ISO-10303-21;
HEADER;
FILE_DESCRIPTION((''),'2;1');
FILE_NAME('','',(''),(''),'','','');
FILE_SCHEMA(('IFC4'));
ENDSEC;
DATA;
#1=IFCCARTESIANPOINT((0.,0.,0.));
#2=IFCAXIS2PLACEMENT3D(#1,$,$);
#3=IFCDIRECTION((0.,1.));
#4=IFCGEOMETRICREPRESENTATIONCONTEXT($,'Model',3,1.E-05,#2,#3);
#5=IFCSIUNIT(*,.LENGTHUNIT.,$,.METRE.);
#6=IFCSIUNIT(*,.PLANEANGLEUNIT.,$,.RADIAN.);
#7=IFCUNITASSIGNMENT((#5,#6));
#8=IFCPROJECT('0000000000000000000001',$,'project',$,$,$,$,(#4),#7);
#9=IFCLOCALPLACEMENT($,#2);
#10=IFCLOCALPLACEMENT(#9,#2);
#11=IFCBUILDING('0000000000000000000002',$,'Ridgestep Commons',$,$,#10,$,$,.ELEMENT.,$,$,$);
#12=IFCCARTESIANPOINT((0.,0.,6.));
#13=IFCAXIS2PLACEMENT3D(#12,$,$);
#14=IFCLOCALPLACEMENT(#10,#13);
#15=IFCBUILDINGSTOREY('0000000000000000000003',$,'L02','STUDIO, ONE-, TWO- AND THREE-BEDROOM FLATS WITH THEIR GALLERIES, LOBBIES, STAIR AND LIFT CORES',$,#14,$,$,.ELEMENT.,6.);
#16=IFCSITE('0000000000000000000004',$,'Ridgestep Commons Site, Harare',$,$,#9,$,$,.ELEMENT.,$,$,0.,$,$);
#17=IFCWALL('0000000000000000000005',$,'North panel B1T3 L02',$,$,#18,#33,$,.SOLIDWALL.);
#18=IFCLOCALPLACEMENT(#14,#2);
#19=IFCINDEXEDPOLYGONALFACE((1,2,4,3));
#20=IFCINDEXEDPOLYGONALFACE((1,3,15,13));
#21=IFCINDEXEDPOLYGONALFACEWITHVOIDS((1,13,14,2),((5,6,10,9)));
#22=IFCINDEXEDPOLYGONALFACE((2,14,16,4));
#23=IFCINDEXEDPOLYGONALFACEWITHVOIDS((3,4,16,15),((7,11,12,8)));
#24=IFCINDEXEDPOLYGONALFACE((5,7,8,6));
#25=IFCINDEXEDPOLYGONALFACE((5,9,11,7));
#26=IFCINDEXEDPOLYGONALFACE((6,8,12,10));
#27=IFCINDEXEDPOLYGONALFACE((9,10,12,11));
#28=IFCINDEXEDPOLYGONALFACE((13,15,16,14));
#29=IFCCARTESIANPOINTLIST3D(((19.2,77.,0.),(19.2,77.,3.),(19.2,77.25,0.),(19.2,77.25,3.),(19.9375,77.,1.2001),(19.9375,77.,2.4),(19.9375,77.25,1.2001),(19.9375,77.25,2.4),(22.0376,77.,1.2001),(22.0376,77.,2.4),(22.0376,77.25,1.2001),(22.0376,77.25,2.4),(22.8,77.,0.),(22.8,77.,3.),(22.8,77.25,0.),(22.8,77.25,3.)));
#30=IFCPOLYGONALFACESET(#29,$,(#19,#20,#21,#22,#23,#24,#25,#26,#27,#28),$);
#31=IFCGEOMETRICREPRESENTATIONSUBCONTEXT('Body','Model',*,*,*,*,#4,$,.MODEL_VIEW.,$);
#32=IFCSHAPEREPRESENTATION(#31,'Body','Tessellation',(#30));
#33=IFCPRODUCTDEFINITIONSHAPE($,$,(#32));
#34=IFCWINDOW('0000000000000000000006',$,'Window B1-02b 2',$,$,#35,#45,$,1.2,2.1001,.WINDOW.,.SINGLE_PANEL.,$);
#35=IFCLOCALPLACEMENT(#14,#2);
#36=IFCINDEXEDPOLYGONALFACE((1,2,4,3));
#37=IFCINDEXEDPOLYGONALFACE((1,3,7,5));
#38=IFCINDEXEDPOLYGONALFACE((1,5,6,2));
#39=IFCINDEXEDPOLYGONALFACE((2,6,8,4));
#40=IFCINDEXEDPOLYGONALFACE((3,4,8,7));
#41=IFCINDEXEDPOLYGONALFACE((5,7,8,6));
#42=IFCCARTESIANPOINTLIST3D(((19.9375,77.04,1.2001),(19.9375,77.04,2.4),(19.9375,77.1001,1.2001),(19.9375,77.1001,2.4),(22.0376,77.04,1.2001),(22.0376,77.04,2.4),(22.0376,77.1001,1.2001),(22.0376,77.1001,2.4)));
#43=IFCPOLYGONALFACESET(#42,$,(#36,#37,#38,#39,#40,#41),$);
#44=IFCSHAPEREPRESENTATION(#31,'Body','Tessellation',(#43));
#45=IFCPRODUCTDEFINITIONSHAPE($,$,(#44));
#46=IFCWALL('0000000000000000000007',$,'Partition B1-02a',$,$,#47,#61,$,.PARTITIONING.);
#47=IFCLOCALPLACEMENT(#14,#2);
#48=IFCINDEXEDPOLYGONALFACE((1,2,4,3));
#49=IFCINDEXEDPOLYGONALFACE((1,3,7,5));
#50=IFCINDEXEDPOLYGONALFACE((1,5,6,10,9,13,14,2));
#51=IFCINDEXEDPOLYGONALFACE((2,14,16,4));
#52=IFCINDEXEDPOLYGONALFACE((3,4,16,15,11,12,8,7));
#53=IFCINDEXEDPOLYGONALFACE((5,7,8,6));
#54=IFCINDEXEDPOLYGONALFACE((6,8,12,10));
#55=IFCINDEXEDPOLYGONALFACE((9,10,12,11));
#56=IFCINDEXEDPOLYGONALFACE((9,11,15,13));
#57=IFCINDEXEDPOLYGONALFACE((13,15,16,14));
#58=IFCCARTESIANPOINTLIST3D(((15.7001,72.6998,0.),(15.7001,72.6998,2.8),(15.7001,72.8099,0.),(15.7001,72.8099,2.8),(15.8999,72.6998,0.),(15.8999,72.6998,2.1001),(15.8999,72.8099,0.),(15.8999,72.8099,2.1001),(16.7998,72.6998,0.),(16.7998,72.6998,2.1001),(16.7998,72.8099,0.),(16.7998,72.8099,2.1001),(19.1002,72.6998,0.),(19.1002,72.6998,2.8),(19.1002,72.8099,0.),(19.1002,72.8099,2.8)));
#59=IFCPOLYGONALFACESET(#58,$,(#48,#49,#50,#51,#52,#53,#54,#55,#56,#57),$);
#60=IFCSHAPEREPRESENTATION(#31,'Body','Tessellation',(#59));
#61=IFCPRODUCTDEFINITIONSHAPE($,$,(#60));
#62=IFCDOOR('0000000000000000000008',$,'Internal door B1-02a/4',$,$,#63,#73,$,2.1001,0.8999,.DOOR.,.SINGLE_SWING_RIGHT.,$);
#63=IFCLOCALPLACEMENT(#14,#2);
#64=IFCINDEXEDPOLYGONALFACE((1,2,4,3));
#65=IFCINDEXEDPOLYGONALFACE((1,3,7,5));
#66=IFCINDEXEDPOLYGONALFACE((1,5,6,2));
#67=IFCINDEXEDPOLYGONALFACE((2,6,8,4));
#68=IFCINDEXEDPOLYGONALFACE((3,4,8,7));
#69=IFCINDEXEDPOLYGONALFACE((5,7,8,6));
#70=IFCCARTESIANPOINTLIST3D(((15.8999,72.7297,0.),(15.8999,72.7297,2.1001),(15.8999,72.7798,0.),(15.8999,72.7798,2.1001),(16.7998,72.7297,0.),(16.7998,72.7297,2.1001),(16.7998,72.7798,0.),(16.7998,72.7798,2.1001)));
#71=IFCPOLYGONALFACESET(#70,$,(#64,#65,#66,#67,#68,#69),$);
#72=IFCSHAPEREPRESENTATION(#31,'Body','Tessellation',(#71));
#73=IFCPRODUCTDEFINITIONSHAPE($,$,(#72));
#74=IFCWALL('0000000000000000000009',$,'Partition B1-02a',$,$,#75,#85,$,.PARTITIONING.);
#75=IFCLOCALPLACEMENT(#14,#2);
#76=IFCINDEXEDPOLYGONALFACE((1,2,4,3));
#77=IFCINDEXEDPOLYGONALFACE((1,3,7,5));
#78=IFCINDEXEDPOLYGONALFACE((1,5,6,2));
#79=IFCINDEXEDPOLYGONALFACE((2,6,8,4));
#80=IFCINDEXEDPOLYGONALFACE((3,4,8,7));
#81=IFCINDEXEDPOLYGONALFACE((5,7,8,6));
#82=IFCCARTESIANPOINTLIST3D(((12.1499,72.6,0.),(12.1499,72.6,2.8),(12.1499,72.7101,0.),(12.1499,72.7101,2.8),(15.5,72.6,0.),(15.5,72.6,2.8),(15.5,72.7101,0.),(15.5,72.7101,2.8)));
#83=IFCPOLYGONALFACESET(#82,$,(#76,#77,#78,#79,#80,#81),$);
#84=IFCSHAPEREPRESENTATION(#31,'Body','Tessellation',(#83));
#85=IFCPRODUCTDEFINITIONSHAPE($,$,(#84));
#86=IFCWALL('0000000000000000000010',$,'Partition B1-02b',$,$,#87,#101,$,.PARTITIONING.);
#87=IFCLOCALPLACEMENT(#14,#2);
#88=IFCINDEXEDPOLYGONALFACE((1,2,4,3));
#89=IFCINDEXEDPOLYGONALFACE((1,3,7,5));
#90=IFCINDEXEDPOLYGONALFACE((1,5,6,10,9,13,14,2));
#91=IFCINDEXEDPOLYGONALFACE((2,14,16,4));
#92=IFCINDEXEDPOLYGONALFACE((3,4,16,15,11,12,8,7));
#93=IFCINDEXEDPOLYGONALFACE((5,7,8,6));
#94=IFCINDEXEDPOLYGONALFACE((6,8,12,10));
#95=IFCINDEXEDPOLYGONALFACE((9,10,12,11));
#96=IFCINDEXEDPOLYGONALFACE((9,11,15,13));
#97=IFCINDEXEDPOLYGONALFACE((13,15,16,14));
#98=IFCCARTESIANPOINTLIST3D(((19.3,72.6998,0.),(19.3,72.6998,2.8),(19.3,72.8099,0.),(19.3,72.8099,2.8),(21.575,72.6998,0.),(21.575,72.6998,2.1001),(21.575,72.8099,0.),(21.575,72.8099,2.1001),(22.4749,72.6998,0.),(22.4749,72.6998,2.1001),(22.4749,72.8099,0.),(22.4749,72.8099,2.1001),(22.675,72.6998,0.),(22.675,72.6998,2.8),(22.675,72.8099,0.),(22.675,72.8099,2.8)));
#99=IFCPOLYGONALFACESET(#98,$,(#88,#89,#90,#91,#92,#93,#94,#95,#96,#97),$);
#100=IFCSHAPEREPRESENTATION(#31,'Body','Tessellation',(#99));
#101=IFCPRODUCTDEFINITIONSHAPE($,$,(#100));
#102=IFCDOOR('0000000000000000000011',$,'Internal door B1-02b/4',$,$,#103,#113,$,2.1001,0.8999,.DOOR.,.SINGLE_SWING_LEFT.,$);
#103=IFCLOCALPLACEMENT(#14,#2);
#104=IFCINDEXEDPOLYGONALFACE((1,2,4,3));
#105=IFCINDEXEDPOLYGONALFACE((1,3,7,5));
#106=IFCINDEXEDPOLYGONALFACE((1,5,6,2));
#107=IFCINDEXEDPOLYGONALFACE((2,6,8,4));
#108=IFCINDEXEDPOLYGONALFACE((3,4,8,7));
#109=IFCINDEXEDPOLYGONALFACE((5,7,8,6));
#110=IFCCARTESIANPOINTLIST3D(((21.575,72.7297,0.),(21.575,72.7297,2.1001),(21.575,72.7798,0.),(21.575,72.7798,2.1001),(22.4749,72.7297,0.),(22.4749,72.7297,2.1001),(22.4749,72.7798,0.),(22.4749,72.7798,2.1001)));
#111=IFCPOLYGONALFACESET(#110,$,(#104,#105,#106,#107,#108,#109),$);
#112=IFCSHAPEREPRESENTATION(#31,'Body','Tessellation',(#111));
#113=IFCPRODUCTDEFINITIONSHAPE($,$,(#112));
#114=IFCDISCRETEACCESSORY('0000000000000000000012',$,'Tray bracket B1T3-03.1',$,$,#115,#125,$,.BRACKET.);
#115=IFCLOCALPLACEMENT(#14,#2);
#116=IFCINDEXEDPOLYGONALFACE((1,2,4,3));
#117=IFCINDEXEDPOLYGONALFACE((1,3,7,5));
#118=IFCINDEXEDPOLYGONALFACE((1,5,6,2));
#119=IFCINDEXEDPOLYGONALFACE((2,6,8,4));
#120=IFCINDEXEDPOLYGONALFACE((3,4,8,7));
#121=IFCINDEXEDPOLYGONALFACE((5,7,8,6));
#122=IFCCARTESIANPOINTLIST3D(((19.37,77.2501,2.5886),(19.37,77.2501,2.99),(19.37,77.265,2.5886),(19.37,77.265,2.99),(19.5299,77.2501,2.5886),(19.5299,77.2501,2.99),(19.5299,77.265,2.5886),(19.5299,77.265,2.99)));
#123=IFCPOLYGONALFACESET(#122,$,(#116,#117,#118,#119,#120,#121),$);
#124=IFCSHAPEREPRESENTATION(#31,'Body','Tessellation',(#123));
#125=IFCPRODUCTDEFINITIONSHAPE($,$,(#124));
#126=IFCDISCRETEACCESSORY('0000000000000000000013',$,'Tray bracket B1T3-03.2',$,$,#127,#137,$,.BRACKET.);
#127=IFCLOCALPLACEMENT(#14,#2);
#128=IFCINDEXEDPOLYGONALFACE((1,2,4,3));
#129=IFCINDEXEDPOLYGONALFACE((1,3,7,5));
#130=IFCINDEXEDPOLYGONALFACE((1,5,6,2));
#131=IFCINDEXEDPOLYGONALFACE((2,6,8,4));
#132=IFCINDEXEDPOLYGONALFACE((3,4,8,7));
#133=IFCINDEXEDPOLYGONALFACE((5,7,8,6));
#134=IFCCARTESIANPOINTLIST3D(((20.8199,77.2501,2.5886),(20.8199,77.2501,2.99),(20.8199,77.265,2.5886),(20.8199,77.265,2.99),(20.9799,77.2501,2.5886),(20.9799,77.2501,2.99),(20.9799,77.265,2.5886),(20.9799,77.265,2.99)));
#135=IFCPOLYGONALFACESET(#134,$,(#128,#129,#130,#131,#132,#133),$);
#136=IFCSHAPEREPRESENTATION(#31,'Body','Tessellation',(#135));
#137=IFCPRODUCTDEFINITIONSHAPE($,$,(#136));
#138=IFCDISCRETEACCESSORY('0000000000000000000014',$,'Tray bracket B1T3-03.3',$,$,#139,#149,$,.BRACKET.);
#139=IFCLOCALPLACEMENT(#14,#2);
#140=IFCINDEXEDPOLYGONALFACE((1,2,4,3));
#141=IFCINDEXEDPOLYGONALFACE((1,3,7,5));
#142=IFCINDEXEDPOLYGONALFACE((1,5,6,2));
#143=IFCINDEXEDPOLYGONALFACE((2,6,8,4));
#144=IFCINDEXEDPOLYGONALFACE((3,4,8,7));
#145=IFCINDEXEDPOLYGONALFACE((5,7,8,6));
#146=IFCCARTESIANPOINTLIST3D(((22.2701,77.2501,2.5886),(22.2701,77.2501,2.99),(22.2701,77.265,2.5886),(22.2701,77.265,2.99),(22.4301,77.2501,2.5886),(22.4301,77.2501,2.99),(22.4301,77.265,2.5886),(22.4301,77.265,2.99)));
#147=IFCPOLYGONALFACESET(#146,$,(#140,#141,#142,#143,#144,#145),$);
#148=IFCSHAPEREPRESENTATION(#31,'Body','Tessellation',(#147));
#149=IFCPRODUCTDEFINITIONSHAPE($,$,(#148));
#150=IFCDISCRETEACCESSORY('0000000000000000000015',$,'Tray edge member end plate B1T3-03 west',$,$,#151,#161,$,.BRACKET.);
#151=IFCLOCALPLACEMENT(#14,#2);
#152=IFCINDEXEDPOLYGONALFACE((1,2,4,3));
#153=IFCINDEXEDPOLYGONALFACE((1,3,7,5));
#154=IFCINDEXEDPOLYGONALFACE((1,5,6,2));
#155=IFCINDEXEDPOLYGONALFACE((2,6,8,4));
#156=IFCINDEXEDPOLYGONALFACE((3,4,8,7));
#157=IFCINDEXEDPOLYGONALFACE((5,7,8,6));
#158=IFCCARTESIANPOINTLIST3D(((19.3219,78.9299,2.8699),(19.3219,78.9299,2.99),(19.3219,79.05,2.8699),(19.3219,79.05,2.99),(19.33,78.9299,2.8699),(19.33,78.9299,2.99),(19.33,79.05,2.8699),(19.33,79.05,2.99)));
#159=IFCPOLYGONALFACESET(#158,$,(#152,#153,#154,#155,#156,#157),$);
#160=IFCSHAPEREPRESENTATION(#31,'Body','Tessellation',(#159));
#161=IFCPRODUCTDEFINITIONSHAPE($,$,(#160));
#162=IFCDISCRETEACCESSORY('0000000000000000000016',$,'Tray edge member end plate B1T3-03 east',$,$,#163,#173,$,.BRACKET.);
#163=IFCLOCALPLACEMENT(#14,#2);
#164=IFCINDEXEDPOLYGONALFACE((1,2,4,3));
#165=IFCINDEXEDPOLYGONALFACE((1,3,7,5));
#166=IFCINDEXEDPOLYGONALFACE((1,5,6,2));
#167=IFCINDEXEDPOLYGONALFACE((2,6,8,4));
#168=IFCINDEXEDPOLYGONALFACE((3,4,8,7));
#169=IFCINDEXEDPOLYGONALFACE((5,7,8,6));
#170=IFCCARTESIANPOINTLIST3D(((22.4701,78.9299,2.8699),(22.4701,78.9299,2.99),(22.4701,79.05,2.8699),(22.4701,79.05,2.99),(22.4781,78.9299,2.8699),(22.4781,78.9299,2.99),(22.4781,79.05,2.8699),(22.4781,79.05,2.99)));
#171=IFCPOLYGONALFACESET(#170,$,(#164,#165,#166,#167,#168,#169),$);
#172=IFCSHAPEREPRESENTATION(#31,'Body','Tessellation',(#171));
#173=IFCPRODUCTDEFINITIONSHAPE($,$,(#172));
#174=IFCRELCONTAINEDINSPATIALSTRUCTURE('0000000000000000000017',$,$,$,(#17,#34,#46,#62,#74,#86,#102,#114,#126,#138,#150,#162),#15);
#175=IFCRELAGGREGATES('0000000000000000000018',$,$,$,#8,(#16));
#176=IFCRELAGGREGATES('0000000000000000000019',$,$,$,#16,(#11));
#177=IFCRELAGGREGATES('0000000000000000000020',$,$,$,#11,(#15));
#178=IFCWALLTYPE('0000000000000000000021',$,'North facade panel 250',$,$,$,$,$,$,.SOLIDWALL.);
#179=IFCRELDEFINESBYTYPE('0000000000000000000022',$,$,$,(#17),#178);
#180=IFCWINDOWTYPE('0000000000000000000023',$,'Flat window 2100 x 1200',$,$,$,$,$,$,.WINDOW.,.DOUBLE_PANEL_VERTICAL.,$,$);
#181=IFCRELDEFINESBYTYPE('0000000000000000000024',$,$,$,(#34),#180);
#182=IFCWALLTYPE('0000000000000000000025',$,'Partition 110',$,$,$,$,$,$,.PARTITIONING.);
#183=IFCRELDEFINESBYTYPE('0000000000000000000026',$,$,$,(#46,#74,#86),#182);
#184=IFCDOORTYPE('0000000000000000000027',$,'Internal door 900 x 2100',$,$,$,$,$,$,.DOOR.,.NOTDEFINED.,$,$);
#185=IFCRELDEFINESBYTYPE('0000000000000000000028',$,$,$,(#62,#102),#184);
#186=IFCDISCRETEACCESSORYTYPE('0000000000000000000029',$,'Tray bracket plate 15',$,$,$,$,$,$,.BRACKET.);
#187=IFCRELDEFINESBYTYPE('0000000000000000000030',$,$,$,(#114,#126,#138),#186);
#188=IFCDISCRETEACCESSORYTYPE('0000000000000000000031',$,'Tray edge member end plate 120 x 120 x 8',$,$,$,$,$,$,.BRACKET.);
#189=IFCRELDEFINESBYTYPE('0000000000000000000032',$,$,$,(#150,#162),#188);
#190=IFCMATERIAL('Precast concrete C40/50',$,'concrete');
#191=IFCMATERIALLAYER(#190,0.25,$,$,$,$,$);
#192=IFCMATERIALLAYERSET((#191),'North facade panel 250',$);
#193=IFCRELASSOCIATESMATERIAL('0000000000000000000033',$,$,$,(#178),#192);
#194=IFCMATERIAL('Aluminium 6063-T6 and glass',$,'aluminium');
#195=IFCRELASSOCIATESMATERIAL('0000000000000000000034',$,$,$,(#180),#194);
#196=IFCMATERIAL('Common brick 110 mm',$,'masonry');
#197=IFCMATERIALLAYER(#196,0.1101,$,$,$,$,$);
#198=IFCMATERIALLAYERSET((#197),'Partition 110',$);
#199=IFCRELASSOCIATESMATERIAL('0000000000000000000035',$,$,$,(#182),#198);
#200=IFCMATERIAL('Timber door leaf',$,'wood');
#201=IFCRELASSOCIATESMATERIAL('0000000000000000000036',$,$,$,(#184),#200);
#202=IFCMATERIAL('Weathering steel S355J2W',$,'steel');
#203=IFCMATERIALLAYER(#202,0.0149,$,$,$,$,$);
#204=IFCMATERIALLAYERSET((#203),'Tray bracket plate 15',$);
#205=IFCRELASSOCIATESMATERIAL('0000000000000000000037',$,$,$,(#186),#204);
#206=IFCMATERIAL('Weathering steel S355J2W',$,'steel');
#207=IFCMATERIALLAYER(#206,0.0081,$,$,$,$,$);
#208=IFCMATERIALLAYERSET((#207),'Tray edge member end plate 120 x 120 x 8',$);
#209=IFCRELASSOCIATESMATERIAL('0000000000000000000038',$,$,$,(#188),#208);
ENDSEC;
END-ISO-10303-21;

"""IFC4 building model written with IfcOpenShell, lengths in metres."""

from ifc_helpers import new_model, si_unit, direction, frame, frame_2d, origin, origin_2d, place, context, subcontext, project, spatial, rectangle, extrude, material, layer, layer_set, type_object, element, fill, save


model = new_model("IFC4")

# Units and contexts
model_context = context("Model", 3, precision=1e-05, world=origin(), true_north=direction((0.0, 1.0)))
body_context = subcontext(model_context, "Body", "Model", "MODEL_VIEW")
ifc_project = project(units=[si_unit("LENGTHUNIT", "METRE"), si_unit("PLANEANGLEUNIT", "RADIAN")], contexts=[model_context])

# Site, building, storey
site_placement = place(None, origin())
site = spatial("IfcSite", under=ifc_project, at=site_placement, Name="Ridgestep Commons Site, Harare", CompositionType="ELEMENT", RefElevation=0.0)
building_placement = place(site_placement, origin())
building = spatial("IfcBuilding", under=site, at=building_placement, Name="Ridgestep Commons", CompositionType="ELEMENT")
storey_placement = place(building_placement, frame((0.0, 0.0, 6.0)))
storey = spatial("IfcBuildingStorey", under=building, at=storey_placement, Name="L02", Description="STUDIO, ONE-, TWO- AND THREE-BEDROOM FLATS WITH THEIR GALLERIES, LOBBIES, STAIR AND LIFT CORES", CompositionType="ELEMENT", Elevation=6.0)

# Shared definitions
ifc_material_1 = material(Name="Precast concrete C40/50", Category="concrete")
ifc_layer_1 = layer(ifc_material_1, 0.25)
ifc_layer_set_1 = layer_set([ifc_layer_1], Name="North facade panel 250")
wall_type_1 = type_object("IfcWallType", Name="North facade panel 250", PredefinedType="SOLIDWALL", material=ifc_layer_set_1)

# Wall, opening, window
ifc_material_2 = material(Name="Aluminium 6063-T6 and glass", Category="aluminium")
window_type_1 = type_object("IfcWindowType", Name="Flat window 2100 x 1200", PartitioningType="DOUBLE_PANEL_VERTICAL", PredefinedType="WINDOW", material=ifc_material_2)
wall_1_placement = place(storey_placement, frame((19.2, 77.125, 0.0), z_axis=(0.0, 0.0, 1.0), x_axis=(1.0, 0.0, 0.0)))
wall_1 = element("IfcWall", 1, at=wall_1_placement, inside=storey, type_object=wall_type_1, Name="North panel B1T3 L02", PredefinedType="SOLIDWALL", context=body_context, shape_type="SweptSolid", body=[
    extrude(rectangle(XDim=3.6001, YDim=0.25, at=frame_2d((1.8, 0.0))), origin(), (0.0, 0.0, 1.0), 3.0),
])
opening_1_placement = place(wall_1_placement, frame((0.7375, 0.0, 1.2)))
opening_1 = element("IfcOpeningElement", 2, at=opening_1_placement, cuts=wall_1, PredefinedType="OPENING", context=body_context, shape_type="SweptSolid", body=[
    extrude(rectangle(XDim=2.1001, YDim=1.2, at=frame_2d((1.05, 0.6001))), frame((0.0, 0.135, 0.0), z_axis=(0.0, -1.0, 0.0), x_axis=(1.0, 0.0, 0.0)), (0.0, 0.0, 1.0), 0.27),
])
window_1_placement = place(opening_1_placement, origin())
window_1 = element("IfcWindow", 3, at=window_1_placement, inside=storey, type_object=window_type_1, Name="Window B1-02b 2", OverallHeight=1.2, OverallWidth=2.1001, PartitioningType="SINGLE_PANEL", PredefinedType="WINDOW", context=body_context, shape_type="SweptSolid", body=[
    extrude(rectangle(XDim=2.1001, YDim=1.2, at=frame_2d((1.05, 0.6001))), frame((0.0, -0.0249, 0.0), z_axis=(0.0, -1.0, 0.0), x_axis=(1.0, 0.0, 0.0)), (0.0, 0.0, 1.0), 0.0601),
])
fill(opening_1, window_1)

# Wall, opening, door
ifc_material_3 = material(Name="Common brick 110 mm", Category="masonry")
ifc_layer_2 = layer(ifc_material_3, 0.1101)
ifc_layer_set_2 = layer_set([ifc_layer_2], Name="Partition 110")
wall_type_2 = type_object("IfcWallType", Name="Partition 110", PredefinedType="PARTITIONING", material=ifc_layer_set_2)
wall_2_placement = place(storey_placement, frame((15.7, 72.7549, 0.0), z_axis=(0.0, 0.0, 1.0), x_axis=(1.0, 0.0, 0.0)))
wall_2 = element("IfcWall", 4, at=wall_2_placement, inside=storey, type_object=wall_type_2, Name="Partition B1-02a", PredefinedType="PARTITIONING", context=body_context, shape_type="SweptSolid", body=[
    extrude(rectangle(XDim=3.4001, YDim=0.1101, at=frame_2d((1.7002, 0.0))), origin(), (0.0, 0.0, 1.0), 2.8),
])
opening_2_placement = place(wall_2_placement, frame((0.2, 0.0, 0.0)))
opening_2 = element("IfcOpeningElement", 5, at=opening_2_placement, cuts=wall_2, PredefinedType="OPENING", context=body_context, shape_type="SweptSolid", body=[
    extrude(rectangle(XDim=0.8999, YDim=2.1001, at=frame_2d((0.45, 1.05))), frame((0.0, 0.0649, 0.0), z_axis=(0.0, -1.0, 0.0), x_axis=(1.0, 0.0, 0.0)), (0.0, 0.0, 1.0), 0.1301),
])
ifc_material_4 = material(Name="Timber door leaf", Category="wood")
door_type_1 = type_object("IfcDoorType", Name="Internal door 900 x 2100", OperationType="NOTDEFINED", PredefinedType="DOOR", material=ifc_material_4)
door_1_placement = place(opening_2_placement, origin())
door_1 = element("IfcDoor", 6, at=door_1_placement, inside=storey, type_object=door_type_1, Name="Internal door B1-02a/4", OperationType="SINGLE_SWING_RIGHT", OverallHeight=2.1001, OverallWidth=0.8999, PredefinedType="DOOR", context=body_context, shape_type="SweptSolid", body=[
    extrude(rectangle(XDim=0.8999, YDim=2.1001, at=frame_2d((0.45, 1.05))), frame((0.0, 0.0249, 0.0), z_axis=(0.0, -1.0, 0.0), x_axis=(1.0, 0.0, 0.0)), (0.0, 0.0, 1.0), 0.05),
])
fill(opening_2, door_1)

# Wall
wall_3_placement = place(storey_placement, frame((12.1499, 72.655, 0.0), z_axis=(0.0, 0.0, 1.0), x_axis=(1.0, 0.0, 0.0)))
element("IfcWall", 7, at=wall_3_placement, inside=storey, type_object=wall_type_2, Name="Partition B1-02a", PredefinedType="PARTITIONING", context=body_context, shape_type="SweptSolid", body=[
    extrude(rectangle(XDim=3.3501, YDim=0.1101, at=frame_2d((1.675, 0.0))), origin(), (0.0, 0.0, 1.0), 2.8),
])

# Wall, opening, door
wall_4_placement = place(storey_placement, frame((19.3, 72.7549, 0.0), z_axis=(0.0, 0.0, 1.0), x_axis=(1.0, 0.0, 0.0)))
wall_4 = element("IfcWall", 8, at=wall_4_placement, inside=storey, type_object=wall_type_2, Name="Partition B1-02b", PredefinedType="PARTITIONING", context=body_context, shape_type="SweptSolid", body=[
    extrude(rectangle(XDim=3.375, YDim=0.1101, at=frame_2d((1.6875, 0.0))), origin(), (0.0, 0.0, 1.0), 2.8),
])
opening_3_placement = place(wall_4_placement, frame((2.2749, 0.0, 0.0)))
opening_3 = element("IfcOpeningElement", 9, at=opening_3_placement, cuts=wall_4, PredefinedType="OPENING", context=body_context, shape_type="SweptSolid", body=[
    extrude(rectangle(XDim=0.8999, YDim=2.1001, at=frame_2d((0.45, 1.05))), frame((0.0, 0.0649, 0.0), z_axis=(0.0, -1.0, 0.0), x_axis=(1.0, 0.0, 0.0)), (0.0, 0.0, 1.0), 0.1301),
])
door_2_placement = place(opening_3_placement, origin())
door_2 = element("IfcDoor", 10, at=door_2_placement, inside=storey, type_object=door_type_1, Name="Internal door B1-02b/4", OperationType="SINGLE_SWING_LEFT", OverallHeight=2.1001, OverallWidth=0.8999, PredefinedType="DOOR", context=body_context, shape_type="SweptSolid", body=[
    extrude(rectangle(XDim=0.8999, YDim=2.1001, at=frame_2d((0.45, 1.05))), frame((0.0, 0.0249, 0.0), z_axis=(0.0, -1.0, 0.0), x_axis=(1.0, 0.0, 0.0)), (0.0, 0.0, 1.0), 0.05),
])
fill(opening_3, door_2)

# Discrete accessories
ifc_material_5 = material(Name="Weathering steel S355J2W", Category="steel")
ifc_layer_3 = layer(ifc_material_5, 0.0149)
ifc_layer_set_3 = layer_set([ifc_layer_3], Name="Tray bracket plate 15")
discrete_accessory_type_1 = type_object("IfcDiscreteAccessoryType", Name="Tray bracket plate 15", PredefinedType="BRACKET", material=ifc_layer_set_3)
for number, where, z_axis, x_axis, name in (
    (11, (19.45, 77.2576, 2.5886), (0.0, 0.0, 1.0), (1.0, 0.0, 0.0), "Tray bracket B1T3-03.1"),
    (12, (20.8999, 77.2576, 2.5886), (0.0, 0.0, 1.0), (1.0, 0.0, 0.0), "Tray bracket B1T3-03.2"),
    (13, (22.3501, 77.2576, 2.5886), (0.0, 0.0, 1.0), (1.0, 0.0, 0.0), "Tray bracket B1T3-03.3"),
):
    element("IfcDiscreteAccessory", number, at=place(storey_placement, frame(where, z_axis=z_axis, x_axis=x_axis)), inside=storey, type_object=discrete_accessory_type_1, Name=name, PredefinedType="BRACKET", context=body_context, shape_type="SweptSolid", body=[
        extrude(rectangle(XDim=0.1599, YDim=0.0149, at=origin_2d()), origin(), (0.0, 0.0, 1.0), 0.4014),
    ])
ifc_material_6 = material(Name="Weathering steel S355J2W", Category="steel")
ifc_layer_4 = layer(ifc_material_6, 0.0081)
ifc_layer_set_4 = layer_set([ifc_layer_4], Name="Tray edge member end plate 120 x 120 x 8")
discrete_accessory_type_2 = type_object("IfcDiscreteAccessoryType", Name="Tray edge member end plate 120 x 120 x 8", PredefinedType="BRACKET", material=ifc_layer_set_4)
for number, where, z_axis, x_axis, name in (
    (14, (19.3259, 78.99, 2.8699), (0.0, 0.0, 1.0), (1.0, 0.0, 0.0), "Tray edge member end plate B1T3-03 west"),
    (15, (22.4741, 78.99, 2.8699), (0.0, 0.0, 1.0), (1.0, 0.0, 0.0), "Tray edge member end plate B1T3-03 east"),
):
    element("IfcDiscreteAccessory", number, at=place(storey_placement, frame(where, z_axis=z_axis, x_axis=x_axis)), inside=storey, type_object=discrete_accessory_type_2, Name=name, PredefinedType="BRACKET", context=body_context, shape_type="SweptSolid", body=[
        extrude(rectangle(XDim=0.0081, YDim=0.1201, at=origin_2d()), origin(), (0.0, 0.0, 1.0), 0.1201),
    ])

save(model, "model.ifc")
